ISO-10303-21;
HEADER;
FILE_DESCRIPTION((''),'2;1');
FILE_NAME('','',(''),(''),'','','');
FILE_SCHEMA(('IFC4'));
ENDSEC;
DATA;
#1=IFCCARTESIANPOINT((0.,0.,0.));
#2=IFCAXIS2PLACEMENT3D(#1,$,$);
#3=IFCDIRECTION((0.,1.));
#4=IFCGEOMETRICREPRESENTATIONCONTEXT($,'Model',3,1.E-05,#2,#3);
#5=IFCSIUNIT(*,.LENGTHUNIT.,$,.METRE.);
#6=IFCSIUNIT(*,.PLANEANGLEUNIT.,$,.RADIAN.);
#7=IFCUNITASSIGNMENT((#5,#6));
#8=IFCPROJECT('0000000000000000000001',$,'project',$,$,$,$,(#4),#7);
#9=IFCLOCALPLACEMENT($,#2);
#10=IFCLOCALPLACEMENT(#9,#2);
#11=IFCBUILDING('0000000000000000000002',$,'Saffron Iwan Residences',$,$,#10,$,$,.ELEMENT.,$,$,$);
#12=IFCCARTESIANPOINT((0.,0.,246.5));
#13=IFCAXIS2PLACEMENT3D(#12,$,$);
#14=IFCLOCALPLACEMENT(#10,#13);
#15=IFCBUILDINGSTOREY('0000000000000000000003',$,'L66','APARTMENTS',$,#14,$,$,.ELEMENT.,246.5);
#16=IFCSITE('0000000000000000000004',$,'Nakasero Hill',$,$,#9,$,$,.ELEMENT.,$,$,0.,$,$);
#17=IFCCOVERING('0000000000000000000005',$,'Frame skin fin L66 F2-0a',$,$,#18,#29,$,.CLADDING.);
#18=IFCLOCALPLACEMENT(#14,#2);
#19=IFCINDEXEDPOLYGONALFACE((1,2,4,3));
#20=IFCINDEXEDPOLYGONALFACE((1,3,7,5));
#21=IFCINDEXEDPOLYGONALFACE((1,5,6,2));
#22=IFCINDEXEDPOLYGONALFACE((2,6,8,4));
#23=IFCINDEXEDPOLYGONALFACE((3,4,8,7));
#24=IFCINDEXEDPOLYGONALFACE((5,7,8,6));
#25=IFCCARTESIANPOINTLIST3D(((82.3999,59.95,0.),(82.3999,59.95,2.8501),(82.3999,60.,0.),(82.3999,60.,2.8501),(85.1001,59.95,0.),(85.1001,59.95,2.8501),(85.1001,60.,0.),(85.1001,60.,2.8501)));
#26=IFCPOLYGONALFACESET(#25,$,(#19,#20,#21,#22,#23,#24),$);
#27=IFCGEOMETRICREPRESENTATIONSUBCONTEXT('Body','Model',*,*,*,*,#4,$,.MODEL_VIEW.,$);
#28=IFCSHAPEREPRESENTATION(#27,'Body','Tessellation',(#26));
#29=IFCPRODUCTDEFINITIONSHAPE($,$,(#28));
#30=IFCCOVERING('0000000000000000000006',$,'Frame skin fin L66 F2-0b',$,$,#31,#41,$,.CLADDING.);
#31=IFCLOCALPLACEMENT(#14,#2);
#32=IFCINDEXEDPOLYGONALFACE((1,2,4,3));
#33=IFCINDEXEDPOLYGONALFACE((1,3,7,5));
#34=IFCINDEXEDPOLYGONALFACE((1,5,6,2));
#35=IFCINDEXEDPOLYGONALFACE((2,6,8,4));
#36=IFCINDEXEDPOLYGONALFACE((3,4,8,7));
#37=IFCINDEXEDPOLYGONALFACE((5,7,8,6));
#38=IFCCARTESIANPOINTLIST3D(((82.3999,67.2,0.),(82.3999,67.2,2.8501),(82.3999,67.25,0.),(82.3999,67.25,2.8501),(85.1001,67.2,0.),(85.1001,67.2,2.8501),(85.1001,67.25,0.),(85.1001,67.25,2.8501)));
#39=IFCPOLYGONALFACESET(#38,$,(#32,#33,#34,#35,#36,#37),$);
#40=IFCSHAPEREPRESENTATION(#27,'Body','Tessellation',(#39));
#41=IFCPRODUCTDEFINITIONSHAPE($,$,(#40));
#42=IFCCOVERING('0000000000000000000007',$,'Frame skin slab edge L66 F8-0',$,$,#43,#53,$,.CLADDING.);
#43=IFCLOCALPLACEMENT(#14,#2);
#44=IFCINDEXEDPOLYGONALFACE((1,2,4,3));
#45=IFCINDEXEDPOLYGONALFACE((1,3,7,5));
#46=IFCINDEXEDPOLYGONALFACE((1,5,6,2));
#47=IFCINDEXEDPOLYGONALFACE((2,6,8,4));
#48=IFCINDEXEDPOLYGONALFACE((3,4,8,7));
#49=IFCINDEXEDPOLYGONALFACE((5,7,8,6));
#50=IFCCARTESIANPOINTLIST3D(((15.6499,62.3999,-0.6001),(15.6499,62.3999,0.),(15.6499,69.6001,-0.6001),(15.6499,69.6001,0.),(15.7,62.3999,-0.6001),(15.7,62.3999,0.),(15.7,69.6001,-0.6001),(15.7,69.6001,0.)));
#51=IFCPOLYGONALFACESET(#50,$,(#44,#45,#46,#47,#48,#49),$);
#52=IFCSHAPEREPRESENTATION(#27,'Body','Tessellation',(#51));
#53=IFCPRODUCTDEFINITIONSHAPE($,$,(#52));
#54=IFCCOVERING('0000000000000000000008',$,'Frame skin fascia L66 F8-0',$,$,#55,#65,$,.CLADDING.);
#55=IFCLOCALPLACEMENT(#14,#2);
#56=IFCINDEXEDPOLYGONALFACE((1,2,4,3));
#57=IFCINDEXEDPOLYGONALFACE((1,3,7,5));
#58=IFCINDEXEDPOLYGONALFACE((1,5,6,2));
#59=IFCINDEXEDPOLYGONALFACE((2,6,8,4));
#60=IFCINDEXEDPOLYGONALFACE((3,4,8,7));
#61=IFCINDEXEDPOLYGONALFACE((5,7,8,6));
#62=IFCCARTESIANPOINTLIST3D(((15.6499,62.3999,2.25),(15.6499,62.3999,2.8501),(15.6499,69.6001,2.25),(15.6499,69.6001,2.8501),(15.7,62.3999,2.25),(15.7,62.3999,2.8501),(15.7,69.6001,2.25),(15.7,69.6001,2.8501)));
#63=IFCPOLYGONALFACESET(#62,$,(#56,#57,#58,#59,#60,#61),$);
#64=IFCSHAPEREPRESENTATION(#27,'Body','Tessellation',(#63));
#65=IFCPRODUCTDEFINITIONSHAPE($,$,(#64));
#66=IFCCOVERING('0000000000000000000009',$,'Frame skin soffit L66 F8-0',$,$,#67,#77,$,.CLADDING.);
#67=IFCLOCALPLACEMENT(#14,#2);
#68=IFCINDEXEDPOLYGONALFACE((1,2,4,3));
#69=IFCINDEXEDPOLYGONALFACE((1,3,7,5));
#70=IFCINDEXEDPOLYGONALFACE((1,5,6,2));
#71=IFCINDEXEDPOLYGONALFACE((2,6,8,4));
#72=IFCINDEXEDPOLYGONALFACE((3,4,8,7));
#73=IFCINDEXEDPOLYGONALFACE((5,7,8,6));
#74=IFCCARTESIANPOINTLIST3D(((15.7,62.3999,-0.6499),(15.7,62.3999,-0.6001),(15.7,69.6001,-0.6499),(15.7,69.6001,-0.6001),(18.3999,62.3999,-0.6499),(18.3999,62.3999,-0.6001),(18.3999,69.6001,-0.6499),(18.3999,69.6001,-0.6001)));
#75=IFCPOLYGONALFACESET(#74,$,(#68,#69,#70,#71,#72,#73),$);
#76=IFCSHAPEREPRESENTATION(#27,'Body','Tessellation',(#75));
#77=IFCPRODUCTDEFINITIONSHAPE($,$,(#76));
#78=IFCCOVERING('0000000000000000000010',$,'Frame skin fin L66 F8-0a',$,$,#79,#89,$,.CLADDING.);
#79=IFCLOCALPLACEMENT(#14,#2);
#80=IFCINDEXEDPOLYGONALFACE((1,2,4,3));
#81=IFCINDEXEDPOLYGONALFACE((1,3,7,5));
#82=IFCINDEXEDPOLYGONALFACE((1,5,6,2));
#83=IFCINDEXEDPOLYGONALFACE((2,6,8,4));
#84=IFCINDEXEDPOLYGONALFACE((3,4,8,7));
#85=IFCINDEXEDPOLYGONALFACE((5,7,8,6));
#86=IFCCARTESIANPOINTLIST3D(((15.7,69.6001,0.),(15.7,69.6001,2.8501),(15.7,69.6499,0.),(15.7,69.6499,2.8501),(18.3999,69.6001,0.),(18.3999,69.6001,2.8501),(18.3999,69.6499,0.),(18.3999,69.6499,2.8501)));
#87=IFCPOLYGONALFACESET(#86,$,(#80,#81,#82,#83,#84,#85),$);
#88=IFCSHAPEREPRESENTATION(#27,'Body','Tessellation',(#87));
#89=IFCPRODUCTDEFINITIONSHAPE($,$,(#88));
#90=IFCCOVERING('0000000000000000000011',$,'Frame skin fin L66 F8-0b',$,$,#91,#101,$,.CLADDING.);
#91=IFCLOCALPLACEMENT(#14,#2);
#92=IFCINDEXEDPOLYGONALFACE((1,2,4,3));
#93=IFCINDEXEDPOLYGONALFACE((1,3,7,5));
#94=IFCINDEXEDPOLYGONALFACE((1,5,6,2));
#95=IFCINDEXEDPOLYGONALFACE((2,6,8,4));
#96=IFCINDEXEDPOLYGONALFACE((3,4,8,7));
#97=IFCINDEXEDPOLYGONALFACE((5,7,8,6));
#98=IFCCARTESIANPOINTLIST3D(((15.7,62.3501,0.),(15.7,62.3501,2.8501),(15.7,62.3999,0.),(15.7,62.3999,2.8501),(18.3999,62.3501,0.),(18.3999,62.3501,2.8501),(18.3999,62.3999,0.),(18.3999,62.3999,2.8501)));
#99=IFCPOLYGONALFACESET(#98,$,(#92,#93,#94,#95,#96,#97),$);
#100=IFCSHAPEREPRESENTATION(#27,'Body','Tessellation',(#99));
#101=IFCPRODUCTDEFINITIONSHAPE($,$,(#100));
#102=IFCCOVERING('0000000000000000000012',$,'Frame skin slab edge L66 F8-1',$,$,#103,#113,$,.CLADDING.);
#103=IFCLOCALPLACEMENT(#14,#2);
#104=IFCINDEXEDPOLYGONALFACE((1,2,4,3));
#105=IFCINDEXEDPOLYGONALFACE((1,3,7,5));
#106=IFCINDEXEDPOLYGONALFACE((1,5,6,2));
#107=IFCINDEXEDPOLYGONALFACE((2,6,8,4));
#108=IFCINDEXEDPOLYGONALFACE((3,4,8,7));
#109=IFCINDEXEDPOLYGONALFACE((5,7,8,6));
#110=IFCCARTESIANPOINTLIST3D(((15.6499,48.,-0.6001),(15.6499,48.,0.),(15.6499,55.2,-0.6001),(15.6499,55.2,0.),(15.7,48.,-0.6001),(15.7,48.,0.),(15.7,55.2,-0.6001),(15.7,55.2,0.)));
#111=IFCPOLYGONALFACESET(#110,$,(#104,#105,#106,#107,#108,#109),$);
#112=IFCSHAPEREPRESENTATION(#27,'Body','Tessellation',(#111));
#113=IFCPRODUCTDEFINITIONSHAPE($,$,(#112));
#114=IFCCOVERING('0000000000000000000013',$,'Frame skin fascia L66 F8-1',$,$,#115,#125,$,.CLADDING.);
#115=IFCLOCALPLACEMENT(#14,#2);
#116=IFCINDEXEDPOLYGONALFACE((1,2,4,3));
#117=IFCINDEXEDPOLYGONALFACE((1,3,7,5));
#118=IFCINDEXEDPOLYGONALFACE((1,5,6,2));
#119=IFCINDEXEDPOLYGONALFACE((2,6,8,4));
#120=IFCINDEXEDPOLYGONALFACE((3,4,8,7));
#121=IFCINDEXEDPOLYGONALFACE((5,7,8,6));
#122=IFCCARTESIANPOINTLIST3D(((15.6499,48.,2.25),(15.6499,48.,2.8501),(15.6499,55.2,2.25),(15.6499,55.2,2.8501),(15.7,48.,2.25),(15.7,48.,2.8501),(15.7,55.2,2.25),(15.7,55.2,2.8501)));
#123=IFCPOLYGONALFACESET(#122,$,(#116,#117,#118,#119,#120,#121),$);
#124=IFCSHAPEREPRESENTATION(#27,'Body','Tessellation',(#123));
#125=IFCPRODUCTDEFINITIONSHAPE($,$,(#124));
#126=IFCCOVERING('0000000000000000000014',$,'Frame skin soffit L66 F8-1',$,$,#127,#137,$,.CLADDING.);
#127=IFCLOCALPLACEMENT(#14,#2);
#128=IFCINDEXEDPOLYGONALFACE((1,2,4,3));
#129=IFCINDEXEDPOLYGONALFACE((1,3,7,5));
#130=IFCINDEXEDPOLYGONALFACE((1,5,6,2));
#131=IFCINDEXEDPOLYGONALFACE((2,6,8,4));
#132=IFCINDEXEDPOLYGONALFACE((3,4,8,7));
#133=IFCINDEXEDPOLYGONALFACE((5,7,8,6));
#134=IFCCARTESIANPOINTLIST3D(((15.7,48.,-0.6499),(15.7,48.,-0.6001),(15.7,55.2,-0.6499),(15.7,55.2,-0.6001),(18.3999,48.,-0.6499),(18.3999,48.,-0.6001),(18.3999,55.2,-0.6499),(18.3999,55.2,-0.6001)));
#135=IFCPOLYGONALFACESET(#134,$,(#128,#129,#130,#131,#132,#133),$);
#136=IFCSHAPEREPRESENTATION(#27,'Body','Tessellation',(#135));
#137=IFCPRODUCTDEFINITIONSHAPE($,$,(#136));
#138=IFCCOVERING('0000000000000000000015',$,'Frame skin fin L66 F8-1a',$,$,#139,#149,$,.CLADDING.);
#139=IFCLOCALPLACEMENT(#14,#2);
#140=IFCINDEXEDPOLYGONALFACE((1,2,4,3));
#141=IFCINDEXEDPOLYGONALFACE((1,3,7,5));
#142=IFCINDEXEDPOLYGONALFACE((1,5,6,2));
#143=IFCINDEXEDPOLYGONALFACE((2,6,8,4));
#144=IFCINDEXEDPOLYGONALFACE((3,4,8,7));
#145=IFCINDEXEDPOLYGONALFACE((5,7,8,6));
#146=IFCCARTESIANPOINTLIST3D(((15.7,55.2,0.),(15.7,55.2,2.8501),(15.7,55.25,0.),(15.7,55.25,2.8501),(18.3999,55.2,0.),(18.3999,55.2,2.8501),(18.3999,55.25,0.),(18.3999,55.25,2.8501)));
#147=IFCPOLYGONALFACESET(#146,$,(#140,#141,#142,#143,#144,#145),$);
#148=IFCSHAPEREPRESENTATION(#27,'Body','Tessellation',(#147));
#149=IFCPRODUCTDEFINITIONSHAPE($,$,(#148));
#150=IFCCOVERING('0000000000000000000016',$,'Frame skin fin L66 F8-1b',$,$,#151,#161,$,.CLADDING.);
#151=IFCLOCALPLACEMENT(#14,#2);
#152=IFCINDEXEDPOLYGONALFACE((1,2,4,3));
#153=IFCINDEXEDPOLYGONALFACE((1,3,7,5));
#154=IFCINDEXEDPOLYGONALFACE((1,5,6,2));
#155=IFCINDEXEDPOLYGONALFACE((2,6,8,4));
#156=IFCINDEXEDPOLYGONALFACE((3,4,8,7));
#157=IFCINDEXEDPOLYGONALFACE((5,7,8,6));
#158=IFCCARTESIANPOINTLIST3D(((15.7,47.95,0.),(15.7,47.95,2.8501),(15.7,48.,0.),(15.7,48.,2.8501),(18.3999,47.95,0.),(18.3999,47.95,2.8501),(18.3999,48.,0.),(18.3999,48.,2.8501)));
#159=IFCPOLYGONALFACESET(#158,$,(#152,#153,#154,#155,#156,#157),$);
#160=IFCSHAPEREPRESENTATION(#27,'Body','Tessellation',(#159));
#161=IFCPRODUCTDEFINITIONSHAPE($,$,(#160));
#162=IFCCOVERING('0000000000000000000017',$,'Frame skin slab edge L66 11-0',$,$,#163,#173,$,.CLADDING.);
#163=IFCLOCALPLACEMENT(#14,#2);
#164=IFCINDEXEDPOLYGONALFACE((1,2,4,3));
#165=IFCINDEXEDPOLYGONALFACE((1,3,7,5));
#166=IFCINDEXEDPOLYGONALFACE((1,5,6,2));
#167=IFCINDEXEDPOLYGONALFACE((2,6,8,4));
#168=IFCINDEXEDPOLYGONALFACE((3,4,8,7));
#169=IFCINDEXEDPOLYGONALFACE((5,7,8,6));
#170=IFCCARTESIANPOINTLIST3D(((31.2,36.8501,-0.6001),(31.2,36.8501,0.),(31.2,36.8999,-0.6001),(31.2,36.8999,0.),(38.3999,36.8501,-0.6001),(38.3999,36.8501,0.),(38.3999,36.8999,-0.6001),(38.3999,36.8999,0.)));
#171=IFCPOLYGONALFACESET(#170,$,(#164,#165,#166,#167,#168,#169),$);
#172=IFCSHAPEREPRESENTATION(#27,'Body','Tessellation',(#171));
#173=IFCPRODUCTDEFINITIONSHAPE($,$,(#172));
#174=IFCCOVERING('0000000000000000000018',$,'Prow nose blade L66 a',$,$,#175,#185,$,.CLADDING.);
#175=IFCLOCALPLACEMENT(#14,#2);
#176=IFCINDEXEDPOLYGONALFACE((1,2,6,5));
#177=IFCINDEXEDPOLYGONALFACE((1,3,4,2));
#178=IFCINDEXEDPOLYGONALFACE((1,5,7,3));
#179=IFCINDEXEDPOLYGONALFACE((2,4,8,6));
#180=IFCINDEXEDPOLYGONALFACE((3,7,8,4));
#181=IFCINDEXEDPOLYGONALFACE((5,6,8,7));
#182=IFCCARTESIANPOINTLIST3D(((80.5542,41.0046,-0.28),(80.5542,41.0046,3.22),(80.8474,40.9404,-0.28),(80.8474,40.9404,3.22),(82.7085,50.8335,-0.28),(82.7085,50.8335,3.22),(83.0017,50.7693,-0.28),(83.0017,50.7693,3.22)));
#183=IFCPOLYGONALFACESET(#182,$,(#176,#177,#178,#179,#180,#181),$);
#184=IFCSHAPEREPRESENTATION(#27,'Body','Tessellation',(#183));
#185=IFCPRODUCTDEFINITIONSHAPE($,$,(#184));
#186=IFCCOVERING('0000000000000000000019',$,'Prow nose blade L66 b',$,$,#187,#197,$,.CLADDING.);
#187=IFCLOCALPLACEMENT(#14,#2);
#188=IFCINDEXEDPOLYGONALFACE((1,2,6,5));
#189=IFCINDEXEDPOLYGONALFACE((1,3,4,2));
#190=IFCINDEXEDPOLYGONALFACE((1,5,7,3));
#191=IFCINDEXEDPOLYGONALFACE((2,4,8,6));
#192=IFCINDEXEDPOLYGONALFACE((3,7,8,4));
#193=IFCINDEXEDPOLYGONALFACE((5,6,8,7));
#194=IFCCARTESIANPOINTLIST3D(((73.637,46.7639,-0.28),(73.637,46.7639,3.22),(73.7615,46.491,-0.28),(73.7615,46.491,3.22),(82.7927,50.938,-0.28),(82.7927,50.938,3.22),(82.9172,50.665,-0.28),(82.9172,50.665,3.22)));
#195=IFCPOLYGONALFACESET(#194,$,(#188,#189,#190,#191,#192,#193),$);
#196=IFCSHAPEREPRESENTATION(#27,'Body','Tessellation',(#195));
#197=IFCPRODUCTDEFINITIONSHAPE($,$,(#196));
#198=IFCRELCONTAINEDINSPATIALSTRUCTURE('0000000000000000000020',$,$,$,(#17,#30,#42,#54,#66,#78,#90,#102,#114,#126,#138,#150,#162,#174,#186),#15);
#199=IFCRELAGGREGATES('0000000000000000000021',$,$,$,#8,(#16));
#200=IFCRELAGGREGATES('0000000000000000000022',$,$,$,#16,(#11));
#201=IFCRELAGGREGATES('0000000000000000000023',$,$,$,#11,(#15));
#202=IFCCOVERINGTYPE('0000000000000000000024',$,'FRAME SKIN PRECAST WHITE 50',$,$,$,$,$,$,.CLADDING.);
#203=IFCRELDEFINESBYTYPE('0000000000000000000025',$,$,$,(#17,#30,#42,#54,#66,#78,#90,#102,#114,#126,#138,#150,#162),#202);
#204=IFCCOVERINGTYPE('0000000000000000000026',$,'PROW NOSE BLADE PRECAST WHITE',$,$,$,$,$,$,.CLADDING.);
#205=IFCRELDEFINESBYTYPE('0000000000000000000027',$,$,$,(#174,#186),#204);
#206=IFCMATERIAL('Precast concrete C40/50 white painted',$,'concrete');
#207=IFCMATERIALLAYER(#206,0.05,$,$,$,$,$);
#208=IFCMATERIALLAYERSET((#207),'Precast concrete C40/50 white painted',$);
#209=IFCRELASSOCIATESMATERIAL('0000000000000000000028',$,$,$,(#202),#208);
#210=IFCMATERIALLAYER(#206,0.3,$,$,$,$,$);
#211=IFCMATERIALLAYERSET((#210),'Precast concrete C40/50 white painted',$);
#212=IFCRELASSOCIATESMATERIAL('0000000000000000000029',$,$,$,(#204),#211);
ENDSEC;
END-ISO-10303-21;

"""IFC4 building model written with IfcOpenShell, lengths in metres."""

from ifc_helpers import new_model, si_unit, direction, frame, origin, place, context, subcontext, project, spatial, polyline, outline, extrude, material, layer, layer_set, type_object, element, save


model = new_model("IFC4")

# Units and contexts
model_context = context("Model", 3, precision=1e-05, world=origin(), true_north=direction((0.0, 1.0)))
body_context = subcontext(model_context, "Body", "Model", "MODEL_VIEW")
ifc_project = project(units=[si_unit("LENGTHUNIT", "METRE"), si_unit("PLANEANGLEUNIT", "RADIAN")], contexts=[model_context])

# Site, building, storey
site_placement = place(None, origin())
site = spatial("IfcSite", under=ifc_project, at=site_placement, Name="Nakasero Hill", CompositionType="ELEMENT", RefElevation=0.0)
building_placement = place(site_placement, origin())
building = spatial("IfcBuilding", under=site, at=building_placement, Name="Saffron Iwan Residences", CompositionType="ELEMENT")
storey_placement = place(building_placement, frame((0.0, 0.0, 246.5)))
storey = spatial("IfcBuildingStorey", under=building, at=storey_placement, Name="L66", Description="APARTMENTS", CompositionType="ELEMENT", Elevation=246.5)

# Coverings
ifc_material_1 = material(Name="Precast concrete C40/50 white painted", Category="concrete")
ifc_layer_1 = layer(ifc_material_1, 0.05)
ifc_layer_set_1 = layer_set([ifc_layer_1], Name="Precast concrete C40/50 white painted")
covering_type_1 = type_object("IfcCoveringType", Name="FRAME SKIN PRECAST WHITE 50", PredefinedType="CLADDING", material=ifc_layer_set_1)
covering_1_placement = place(storey_placement, origin())
element("IfcCovering", 1, at=covering_1_placement, inside=storey, type_object=covering_type_1, Name="Frame skin fin L66 F2-0a", PredefinedType="CLADDING", context=body_context, shape_type="SweptSolid", body=[
    extrude(outline(polyline([(85.1001, 59.95), (85.1001, 60.0), (82.3999, 60.0), (82.3999, 59.95), (85.1001, 59.95)])), origin(), (0.0, 0.0, 1.0), 2.8501),
])
covering_2_placement = place(storey_placement, origin())
element("IfcCovering", 2, at=covering_2_placement, inside=storey, type_object=covering_type_1, Name="Frame skin fin L66 F2-0b", PredefinedType="CLADDING", context=body_context, shape_type="SweptSolid", body=[
    extrude(outline(polyline([(85.1001, 67.2), (85.1001, 67.25), (82.3999, 67.25), (82.3999, 67.2), (85.1001, 67.2)])), origin(), (0.0, 0.0, 1.0), 2.8501),
])
for number, where, name in (
    (3, (0.0, 0.0, -0.6001), "Frame skin slab edge L66 F8-0"),
    (4, (0.0, 0.0, 2.25), "Frame skin fascia L66 F8-0"),
):
    element("IfcCovering", number, at=place(storey_placement, frame(where)), inside=storey, type_object=covering_type_1, Name=name, PredefinedType="CLADDING", context=body_context, shape_type="SweptSolid", body=[
        extrude(outline(polyline([(15.6499, 69.6001), (15.6499, 62.3999), (15.7, 62.3999), (15.7, 69.6001), (15.6499, 69.6001)])), origin(), (0.0, 0.0, 1.0), 0.6001),
    ])
covering_3_placement = place(storey_placement, frame((0.0, 0.0, -0.6499)))
element("IfcCovering", 5, at=covering_3_placement, inside=storey, type_object=covering_type_1, Name="Frame skin soffit L66 F8-0", PredefinedType="CLADDING", context=body_context, shape_type="SweptSolid", body=[
    extrude(outline(polyline([(15.7, 69.6001), (15.7, 62.3999), (18.3999, 62.3999), (18.3999, 69.6001), (15.7, 69.6001)])), origin(), (0.0, 0.0, 1.0), 0.0498),
])
covering_4_placement = place(storey_placement, origin())
element("IfcCovering", 6, at=covering_4_placement, inside=storey, type_object=covering_type_1, Name="Frame skin fin L66 F8-0a", PredefinedType="CLADDING", context=body_context, shape_type="SweptSolid", body=[
    extrude(outline(polyline([(15.7, 69.6499), (15.7, 69.6001), (18.3999, 69.6001), (18.3999, 69.6499), (15.7, 69.6499)])), origin(), (0.0, 0.0, 1.0), 2.8501),
])
covering_5_placement = place(storey_placement, origin())
element("IfcCovering", 7, at=covering_5_placement, inside=storey, type_object=covering_type_1, Name="Frame skin fin L66 F8-0b", PredefinedType="CLADDING", context=body_context, shape_type="SweptSolid", body=[
    extrude(outline(polyline([(15.7, 62.3999), (15.7, 62.3501), (18.3999, 62.3501), (18.3999, 62.3999), (15.7, 62.3999)])), origin(), (0.0, 0.0, 1.0), 2.8501),
])
for number, where, name in (
    (8, (0.0, 0.0, -0.6001), "Frame skin slab edge L66 F8-1"),
    (9, (0.0, 0.0, 2.25), "Frame skin fascia L66 F8-1"),
):
    element("IfcCovering", number, at=place(storey_placement, frame(where)), inside=storey, type_object=covering_type_1, Name=name, PredefinedType="CLADDING", context=body_context, shape_type="SweptSolid", body=[
        extrude(outline(polyline([(15.6499, 55.2), (15.6499, 48.0), (15.7, 48.0), (15.7, 55.2), (15.6499, 55.2)])), origin(), (0.0, 0.0, 1.0), 0.6001),
    ])
covering_6_placement = place(storey_placement, frame((0.0, 0.0, -0.6499)))
element("IfcCovering", 10, at=covering_6_placement, inside=storey, type_object=covering_type_1, Name="Frame skin soffit L66 F8-1", PredefinedType="CLADDING", context=body_context, shape_type="SweptSolid", body=[
    extrude(outline(polyline([(15.7, 55.2), (15.7, 48.0), (18.3999, 48.0), (18.3999, 55.2), (15.7, 55.2)])), origin(), (0.0, 0.0, 1.0), 0.0498),
])
covering_7_placement = place(storey_placement, origin())
element("IfcCovering", 11, at=covering_7_placement, inside=storey, type_object=covering_type_1, Name="Frame skin fin L66 F8-1a", PredefinedType="CLADDING", context=body_context, shape_type="SweptSolid", body=[
    extrude(outline(polyline([(15.7, 55.25), (15.7, 55.2), (18.3999, 55.2), (18.3999, 55.25), (15.7, 55.25)])), origin(), (0.0, 0.0, 1.0), 2.8501),
])
covering_8_placement = place(storey_placement, origin())
element("IfcCovering", 12, at=covering_8_placement, inside=storey, type_object=covering_type_1, Name="Frame skin fin L66 F8-1b", PredefinedType="CLADDING", context=body_context, shape_type="SweptSolid", body=[
    extrude(outline(polyline([(15.7, 48.0), (15.7, 47.95), (18.3999, 47.95), (18.3999, 48.0), (15.7, 48.0)])), origin(), (0.0, 0.0, 1.0), 2.8501),
])
covering_9_placement = place(storey_placement, frame((0.0, 0.0, -0.6001)))
element("IfcCovering", 13, at=covering_9_placement, inside=storey, type_object=covering_type_1, Name="Frame skin slab edge L66 11-0", PredefinedType="CLADDING", context=body_context, shape_type="SweptSolid", body=[
    extrude(outline(polyline([(31.2, 36.8501), (38.3999, 36.8501), (38.3999, 36.8999), (31.2, 36.8999), (31.2, 36.8501)])), origin(), (0.0, 0.0, 1.0), 0.6001),
])
ifc_layer_2 = layer(ifc_material_1, 0.3)
ifc_layer_set_2 = layer_set([ifc_layer_2], Name="Precast concrete C40/50 white painted")
covering_type_2 = type_object("IfcCoveringType", Name="PROW NOSE BLADE PRECAST WHITE", PredefinedType="CLADDING", material=ifc_layer_set_2)
covering_10_placement = place(storey_placement, frame((0.0, 0.0, -0.28)))
element("IfcCovering", 14, at=covering_10_placement, inside=storey, type_object=covering_type_2, Name="Prow nose blade L66 a", PredefinedType="CLADDING", context=body_context, shape_type="SweptSolid", body=[
    extrude(outline(polyline([(80.8474, 40.9404), (83.0017, 50.7693), (82.7085, 50.8335), (80.5542, 41.0046), (80.8474, 40.9404)])), origin(), (0.0, 0.0, 1.0), 3.5),
])
covering_11_placement = place(storey_placement, frame((0.0, 0.0, -0.28)))
element("IfcCovering", 15, at=covering_11_placement, inside=storey, type_object=covering_type_2, Name="Prow nose blade L66 b", PredefinedType="CLADDING", context=body_context, shape_type="SweptSolid", body=[
    extrude(outline(polyline([(73.7615, 46.491), (82.9172, 50.665), (82.7927, 50.938), (73.637, 46.7639), (73.7615, 46.491)])), origin(), (0.0, 0.0, 1.0), 3.5),
])

save(model, "model.ifc")
